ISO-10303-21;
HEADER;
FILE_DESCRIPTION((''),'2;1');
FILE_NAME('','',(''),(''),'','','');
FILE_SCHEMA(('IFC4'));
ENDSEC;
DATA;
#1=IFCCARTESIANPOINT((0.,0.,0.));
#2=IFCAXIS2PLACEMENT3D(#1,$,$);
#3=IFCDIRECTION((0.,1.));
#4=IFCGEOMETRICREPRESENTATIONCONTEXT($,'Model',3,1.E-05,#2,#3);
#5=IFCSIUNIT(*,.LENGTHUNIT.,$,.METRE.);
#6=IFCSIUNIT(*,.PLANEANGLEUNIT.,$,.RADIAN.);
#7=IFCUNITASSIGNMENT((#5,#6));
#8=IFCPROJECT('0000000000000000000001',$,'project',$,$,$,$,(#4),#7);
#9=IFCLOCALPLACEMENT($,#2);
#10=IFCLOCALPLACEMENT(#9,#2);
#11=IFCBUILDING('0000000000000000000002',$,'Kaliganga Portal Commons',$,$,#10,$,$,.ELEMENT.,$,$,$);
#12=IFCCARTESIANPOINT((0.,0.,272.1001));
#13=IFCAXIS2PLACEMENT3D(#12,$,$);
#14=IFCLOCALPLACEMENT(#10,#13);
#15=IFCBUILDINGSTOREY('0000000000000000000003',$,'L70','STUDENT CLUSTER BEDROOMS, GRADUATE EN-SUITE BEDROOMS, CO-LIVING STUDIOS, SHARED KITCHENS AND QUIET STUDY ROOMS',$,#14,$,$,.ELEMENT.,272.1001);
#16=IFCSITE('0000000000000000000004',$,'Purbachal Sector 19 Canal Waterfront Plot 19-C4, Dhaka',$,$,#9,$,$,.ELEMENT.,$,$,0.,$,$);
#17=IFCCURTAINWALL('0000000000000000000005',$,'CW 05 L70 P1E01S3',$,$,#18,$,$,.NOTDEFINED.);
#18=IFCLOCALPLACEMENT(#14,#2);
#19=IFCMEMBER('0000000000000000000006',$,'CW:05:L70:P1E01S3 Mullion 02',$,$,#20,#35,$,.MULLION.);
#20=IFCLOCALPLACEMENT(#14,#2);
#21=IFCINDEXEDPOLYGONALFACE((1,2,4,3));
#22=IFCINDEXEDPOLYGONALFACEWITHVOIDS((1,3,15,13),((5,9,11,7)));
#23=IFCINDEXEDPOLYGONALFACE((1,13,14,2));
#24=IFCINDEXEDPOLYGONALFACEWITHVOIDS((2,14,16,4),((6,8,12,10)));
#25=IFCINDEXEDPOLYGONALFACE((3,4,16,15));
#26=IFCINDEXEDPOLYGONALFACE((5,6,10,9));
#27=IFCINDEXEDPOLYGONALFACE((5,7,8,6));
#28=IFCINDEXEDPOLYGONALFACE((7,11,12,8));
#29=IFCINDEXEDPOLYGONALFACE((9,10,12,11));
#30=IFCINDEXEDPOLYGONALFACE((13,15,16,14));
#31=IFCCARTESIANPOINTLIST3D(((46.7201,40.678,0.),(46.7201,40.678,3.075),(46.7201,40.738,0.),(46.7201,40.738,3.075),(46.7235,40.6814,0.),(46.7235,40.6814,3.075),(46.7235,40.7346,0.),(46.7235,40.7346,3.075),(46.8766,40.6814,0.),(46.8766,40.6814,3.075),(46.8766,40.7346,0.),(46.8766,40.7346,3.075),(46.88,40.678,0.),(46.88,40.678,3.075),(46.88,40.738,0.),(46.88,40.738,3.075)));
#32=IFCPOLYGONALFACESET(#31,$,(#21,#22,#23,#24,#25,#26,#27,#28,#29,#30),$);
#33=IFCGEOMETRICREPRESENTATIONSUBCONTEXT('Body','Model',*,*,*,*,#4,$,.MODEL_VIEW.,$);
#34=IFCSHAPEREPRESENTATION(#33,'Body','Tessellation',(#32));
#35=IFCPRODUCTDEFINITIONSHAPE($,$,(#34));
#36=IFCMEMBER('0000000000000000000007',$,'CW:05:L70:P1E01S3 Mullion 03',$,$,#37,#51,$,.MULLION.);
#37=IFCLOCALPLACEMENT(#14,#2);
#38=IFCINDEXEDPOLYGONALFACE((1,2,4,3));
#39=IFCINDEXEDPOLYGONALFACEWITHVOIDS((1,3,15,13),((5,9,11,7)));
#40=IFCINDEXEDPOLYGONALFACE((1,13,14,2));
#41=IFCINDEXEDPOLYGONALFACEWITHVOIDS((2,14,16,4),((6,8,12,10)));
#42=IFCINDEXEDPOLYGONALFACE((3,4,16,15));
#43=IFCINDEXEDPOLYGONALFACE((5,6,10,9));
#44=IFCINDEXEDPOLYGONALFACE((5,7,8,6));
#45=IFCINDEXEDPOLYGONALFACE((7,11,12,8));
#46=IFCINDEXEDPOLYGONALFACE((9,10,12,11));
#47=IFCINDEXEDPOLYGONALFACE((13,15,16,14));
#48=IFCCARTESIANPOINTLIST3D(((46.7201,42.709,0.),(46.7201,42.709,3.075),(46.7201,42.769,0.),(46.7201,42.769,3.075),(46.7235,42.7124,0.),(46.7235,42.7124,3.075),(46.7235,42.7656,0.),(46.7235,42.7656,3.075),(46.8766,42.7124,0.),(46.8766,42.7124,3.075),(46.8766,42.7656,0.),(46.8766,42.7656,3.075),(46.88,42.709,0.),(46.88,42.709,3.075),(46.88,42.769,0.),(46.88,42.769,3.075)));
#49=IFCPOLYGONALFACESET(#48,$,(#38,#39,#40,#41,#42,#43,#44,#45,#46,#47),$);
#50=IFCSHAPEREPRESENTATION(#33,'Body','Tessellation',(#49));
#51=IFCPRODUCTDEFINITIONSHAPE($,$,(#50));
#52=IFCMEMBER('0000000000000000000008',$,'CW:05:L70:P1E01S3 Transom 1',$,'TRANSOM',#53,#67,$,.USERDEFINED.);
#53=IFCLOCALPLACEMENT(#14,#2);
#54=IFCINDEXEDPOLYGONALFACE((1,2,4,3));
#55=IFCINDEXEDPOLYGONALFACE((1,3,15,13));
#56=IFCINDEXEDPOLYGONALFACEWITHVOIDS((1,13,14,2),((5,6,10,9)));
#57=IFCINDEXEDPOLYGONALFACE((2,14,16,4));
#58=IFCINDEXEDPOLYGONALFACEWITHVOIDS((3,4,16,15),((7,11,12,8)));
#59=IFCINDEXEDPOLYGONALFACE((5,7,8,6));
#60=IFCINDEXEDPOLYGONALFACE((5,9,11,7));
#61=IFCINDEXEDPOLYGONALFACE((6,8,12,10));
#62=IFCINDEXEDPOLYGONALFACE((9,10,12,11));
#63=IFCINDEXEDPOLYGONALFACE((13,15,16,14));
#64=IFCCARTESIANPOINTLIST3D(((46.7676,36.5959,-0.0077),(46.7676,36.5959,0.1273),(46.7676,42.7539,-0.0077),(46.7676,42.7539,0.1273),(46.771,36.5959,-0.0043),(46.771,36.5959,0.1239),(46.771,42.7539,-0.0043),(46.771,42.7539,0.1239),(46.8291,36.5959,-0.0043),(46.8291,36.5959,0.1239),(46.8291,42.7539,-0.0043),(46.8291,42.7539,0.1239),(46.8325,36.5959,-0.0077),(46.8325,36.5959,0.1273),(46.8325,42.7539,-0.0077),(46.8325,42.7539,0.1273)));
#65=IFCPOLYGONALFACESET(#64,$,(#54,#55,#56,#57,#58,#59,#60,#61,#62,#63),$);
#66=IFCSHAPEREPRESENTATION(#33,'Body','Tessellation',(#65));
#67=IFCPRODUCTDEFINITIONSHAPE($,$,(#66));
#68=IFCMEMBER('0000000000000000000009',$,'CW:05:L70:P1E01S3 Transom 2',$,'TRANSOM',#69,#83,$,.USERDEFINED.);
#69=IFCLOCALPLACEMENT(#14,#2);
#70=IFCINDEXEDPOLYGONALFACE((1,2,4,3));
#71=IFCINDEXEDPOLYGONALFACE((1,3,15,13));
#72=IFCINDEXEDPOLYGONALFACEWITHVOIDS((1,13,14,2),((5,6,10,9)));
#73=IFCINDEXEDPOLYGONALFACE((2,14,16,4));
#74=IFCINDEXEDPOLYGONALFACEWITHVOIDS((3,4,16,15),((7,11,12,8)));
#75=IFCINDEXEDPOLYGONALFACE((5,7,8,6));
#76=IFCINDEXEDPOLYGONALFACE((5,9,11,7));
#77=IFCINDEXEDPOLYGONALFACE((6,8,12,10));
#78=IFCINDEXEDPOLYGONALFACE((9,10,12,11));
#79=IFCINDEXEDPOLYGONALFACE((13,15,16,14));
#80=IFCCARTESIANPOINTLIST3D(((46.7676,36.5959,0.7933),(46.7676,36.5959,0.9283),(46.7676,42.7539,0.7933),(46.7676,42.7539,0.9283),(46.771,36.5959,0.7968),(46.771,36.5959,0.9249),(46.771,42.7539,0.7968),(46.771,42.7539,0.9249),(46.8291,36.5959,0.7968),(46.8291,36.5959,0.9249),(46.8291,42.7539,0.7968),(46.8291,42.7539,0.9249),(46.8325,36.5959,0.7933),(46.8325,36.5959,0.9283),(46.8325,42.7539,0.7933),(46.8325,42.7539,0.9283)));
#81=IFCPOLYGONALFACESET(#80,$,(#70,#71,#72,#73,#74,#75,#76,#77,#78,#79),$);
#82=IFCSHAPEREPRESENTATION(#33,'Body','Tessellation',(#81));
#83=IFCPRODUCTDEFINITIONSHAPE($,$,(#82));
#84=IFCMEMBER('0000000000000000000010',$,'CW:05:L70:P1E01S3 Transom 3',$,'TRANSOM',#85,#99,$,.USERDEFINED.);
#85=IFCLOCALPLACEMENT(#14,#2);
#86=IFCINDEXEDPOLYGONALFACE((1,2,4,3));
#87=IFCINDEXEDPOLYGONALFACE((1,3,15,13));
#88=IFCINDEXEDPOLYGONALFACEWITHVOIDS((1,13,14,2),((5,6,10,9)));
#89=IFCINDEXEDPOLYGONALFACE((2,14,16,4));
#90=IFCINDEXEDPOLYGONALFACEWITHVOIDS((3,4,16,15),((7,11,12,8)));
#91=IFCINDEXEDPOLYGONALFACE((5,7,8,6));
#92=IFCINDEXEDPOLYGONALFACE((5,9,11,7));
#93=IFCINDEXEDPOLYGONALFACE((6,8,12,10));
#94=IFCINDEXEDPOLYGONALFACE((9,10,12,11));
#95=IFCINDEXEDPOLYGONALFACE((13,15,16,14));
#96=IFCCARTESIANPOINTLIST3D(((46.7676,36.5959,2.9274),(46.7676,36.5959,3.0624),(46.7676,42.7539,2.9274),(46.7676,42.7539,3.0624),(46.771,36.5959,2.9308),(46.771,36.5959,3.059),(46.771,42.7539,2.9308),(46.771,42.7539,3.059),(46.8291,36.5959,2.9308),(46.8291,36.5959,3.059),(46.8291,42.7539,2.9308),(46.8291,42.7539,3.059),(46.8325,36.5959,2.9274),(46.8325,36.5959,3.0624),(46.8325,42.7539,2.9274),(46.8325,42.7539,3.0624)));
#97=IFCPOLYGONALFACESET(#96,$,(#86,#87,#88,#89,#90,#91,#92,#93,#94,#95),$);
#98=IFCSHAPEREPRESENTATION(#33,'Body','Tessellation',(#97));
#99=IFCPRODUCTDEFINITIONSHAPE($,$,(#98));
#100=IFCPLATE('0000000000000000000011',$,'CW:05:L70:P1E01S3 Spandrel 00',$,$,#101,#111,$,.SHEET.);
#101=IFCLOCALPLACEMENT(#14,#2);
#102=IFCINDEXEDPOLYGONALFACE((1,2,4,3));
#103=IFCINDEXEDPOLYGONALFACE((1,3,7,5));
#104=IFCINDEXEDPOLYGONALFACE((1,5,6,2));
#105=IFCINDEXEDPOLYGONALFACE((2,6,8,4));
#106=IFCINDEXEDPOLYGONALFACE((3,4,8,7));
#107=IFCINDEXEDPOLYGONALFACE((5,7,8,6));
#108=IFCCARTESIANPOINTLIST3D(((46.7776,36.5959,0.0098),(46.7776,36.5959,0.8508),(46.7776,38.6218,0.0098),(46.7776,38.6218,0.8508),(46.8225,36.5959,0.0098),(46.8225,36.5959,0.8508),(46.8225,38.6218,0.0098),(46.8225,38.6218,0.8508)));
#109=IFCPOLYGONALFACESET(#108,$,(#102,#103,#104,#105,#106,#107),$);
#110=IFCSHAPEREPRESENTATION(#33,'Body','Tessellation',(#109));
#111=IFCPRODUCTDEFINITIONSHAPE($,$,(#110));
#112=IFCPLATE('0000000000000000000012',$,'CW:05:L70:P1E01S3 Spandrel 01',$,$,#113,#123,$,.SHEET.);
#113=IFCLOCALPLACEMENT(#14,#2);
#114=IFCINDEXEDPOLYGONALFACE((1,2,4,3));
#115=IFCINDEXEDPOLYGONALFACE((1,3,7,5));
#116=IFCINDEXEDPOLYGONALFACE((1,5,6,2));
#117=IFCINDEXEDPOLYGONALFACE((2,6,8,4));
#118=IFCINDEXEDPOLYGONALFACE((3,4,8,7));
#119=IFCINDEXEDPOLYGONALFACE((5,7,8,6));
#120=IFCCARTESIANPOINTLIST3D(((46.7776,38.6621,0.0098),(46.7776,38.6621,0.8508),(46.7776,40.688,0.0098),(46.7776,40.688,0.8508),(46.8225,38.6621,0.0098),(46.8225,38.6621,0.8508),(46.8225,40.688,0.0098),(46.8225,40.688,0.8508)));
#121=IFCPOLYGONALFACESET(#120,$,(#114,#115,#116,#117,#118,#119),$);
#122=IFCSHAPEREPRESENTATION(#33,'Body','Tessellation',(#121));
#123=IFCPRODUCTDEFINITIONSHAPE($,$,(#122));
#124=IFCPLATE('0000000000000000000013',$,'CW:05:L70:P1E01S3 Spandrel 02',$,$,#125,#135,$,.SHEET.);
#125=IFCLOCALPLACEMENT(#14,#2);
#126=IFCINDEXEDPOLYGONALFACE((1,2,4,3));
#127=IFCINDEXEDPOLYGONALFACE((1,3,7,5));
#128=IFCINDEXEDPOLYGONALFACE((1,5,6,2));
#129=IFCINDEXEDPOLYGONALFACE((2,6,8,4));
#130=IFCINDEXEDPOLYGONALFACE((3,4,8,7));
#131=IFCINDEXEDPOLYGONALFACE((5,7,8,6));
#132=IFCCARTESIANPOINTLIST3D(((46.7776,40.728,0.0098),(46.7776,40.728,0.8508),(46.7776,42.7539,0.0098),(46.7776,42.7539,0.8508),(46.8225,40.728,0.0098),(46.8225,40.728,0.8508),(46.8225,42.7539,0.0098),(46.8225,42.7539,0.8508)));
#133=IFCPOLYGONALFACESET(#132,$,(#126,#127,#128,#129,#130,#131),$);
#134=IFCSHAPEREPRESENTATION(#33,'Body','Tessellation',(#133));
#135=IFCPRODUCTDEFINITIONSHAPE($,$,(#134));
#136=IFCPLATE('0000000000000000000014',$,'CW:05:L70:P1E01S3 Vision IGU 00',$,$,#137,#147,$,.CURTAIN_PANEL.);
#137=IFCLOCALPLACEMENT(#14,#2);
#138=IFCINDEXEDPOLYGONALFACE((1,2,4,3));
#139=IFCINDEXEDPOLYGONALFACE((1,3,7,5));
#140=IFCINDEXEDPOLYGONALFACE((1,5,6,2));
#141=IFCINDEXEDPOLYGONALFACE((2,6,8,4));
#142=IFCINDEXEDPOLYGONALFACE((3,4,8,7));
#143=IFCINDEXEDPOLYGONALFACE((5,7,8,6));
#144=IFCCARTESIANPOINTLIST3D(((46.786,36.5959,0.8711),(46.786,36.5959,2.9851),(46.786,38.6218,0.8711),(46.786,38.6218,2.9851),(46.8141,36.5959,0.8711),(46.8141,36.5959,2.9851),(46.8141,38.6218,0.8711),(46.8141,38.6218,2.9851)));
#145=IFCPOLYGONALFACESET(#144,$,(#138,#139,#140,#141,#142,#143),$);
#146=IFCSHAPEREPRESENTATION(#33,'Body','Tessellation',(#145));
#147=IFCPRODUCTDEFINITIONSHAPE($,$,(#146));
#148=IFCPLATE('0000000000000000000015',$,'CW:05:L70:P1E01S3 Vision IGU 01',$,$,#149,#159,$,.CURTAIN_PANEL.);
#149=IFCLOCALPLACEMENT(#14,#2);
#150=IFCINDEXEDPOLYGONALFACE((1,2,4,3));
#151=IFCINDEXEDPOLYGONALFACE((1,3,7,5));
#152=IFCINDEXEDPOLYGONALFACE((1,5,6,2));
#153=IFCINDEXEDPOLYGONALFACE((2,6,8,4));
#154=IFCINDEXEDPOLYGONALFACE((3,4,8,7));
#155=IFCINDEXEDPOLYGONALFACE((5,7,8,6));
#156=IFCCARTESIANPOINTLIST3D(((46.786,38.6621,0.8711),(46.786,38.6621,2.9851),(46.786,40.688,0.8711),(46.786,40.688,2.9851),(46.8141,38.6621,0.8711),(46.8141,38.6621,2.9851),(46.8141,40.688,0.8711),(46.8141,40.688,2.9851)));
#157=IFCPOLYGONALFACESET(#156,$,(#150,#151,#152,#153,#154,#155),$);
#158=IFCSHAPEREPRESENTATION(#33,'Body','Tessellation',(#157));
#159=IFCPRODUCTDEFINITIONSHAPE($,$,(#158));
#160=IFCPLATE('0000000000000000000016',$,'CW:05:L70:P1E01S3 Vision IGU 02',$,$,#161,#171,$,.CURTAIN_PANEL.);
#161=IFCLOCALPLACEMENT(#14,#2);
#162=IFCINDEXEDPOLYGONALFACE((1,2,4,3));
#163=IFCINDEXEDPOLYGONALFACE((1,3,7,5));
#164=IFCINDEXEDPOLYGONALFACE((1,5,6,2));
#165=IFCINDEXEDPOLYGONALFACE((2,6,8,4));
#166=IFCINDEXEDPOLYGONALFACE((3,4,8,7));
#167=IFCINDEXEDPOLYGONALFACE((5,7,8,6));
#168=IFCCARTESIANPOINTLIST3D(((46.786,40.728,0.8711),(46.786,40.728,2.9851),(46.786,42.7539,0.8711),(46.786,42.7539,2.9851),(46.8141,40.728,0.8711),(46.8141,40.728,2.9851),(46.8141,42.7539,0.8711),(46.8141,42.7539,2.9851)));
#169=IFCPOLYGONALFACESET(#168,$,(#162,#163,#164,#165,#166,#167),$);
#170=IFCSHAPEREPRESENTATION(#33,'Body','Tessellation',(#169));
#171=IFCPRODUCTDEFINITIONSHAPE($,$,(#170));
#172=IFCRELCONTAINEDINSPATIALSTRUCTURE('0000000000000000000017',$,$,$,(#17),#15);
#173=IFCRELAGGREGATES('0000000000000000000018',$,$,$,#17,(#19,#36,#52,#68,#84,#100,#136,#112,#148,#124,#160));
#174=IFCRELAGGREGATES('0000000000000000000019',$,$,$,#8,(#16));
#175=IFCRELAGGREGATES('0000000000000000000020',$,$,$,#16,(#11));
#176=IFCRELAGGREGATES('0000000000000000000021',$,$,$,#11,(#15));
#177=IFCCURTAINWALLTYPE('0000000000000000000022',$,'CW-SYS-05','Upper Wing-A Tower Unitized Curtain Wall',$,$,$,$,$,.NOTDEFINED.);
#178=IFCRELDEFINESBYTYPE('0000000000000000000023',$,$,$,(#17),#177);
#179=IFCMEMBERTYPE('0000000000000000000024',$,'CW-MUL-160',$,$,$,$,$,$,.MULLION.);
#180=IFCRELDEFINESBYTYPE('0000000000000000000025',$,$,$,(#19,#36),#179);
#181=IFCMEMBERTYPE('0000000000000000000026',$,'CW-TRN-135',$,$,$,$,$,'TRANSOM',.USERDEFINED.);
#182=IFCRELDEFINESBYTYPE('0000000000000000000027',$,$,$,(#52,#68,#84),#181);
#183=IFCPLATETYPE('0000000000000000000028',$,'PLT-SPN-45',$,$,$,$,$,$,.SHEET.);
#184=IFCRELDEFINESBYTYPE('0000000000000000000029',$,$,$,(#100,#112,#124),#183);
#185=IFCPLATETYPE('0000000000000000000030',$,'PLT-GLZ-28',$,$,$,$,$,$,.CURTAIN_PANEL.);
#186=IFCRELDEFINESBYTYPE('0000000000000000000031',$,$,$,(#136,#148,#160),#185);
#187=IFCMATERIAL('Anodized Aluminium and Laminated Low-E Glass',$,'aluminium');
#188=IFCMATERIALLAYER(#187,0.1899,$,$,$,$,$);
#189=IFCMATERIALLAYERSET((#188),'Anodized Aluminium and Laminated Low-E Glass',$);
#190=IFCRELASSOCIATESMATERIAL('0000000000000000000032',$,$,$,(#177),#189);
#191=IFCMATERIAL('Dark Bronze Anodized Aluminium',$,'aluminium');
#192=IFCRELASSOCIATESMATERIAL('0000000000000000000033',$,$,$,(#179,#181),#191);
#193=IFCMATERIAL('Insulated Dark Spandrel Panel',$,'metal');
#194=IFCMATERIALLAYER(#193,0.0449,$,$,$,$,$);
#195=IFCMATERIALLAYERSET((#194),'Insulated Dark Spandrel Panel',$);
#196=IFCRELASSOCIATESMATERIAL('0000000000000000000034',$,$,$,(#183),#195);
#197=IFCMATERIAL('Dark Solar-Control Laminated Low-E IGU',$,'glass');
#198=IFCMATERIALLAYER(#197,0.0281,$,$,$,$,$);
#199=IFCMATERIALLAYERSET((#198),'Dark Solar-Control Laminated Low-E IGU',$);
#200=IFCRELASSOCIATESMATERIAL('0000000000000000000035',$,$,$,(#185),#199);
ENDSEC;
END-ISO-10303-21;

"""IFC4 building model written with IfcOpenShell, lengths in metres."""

from ifc_helpers import new_model, si_unit, direction, frame, origin, origin_2d, place, context, subcontext, project, spatial, rectangle, hollow_rectangle, extrude, source, transform, mapped, material, layer, layer_set, material_profile, profile_set, type_object, element, aggregate, save


model = new_model("IFC4")

# Units and contexts
model_context = context("Model", 3, precision=1e-05, world=origin(), true_north=direction((0.0, 1.0)))
body_context = subcontext(model_context, "Body", "Model", "MODEL_VIEW")
ifc_project = project(units=[si_unit("LENGTHUNIT", "METRE"), si_unit("PLANEANGLEUNIT", "RADIAN")], contexts=[model_context])

# Site, building, storey
site_placement = place(None, origin())
site = spatial("IfcSite", under=ifc_project, at=site_placement, Name="Purbachal Sector 19 Canal Waterfront Plot 19-C4, Dhaka", CompositionType="ELEMENT", RefElevation=0.0)
building_placement = place(site_placement, origin())
building = spatial("IfcBuilding", under=site, at=building_placement, Name="Kaliganga Portal Commons", CompositionType="ELEMENT")
storey_placement = place(building_placement, frame((0.0, 0.0, 272.1001)))
storey = spatial("IfcBuildingStorey", under=building, at=storey_placement, Name="L70", Description="STUDENT CLUSTER BEDROOMS, GRADUATE EN-SUITE BEDROOMS, CO-LIVING STUDIOS, SHARED KITCHENS AND QUIET STUDY ROOMS", CompositionType="ELEMENT", Elevation=272.1001)

# Shared definitions
ifc_material_1 = material(Name="Anodized Aluminium and Laminated Low-E Glass", Category="aluminium")
ifc_layer_1 = layer(ifc_material_1, 0.1899)
ifc_layer_set_1 = layer_set([ifc_layer_1], Name="Anodized Aluminium and Laminated Low-E Glass")
curtain_wall_type = type_object("IfcCurtainWallType", Name="CW-SYS-05", Description="Upper Wing-A Tower Unitized Curtain Wall", PredefinedType="NOTDEFINED", material=ifc_layer_set_1)
ifc_material_2 = material(Name="Dark Bronze Anodized Aluminium", Category="aluminium")
ifc_material_profile_1 = material_profile(ifc_material_2, hollow_rectangle(XDim=0.0601, YDim=0.1599, WallThickness=0.0034, at=origin_2d()), Name="ALU MULL 60x160x3.5")
ifc_profile_set_1 = profile_set([ifc_material_profile_1], Name="Dark Bronze Anodized Aluminium")
member_type_1 = type_object("IfcMemberType", Name="CW-MUL-160", PredefinedType="MULLION", material=ifc_profile_set_1)
shared_shape_1 = source(origin(), body_context, "Body", "SweptSolid", [
    extrude(hollow_rectangle(XDim=0.0601, YDim=0.1599, WallThickness=0.0034, at=origin_2d()), origin(), (0.0, 0.0, 1.0), 3.075),
])

# Curtain wall, members, plates
curtain_wall_1_placement = place(storey_placement, origin())
curtain_wall_1 = element("IfcCurtainWall", 1, at=curtain_wall_1_placement, inside=storey, type_object=curtain_wall_type, Name="CW 05 L70 P1E01S3", PredefinedType="NOTDEFINED")
member_1_placement = place(storey_placement, frame((46.8, 40.708, 0.0), z_axis=(0.0, 0.0, 1.0), x_axis=(0.0, 1.0, 0.0)))
member_1 = element("IfcMember", 2, at=member_1_placement, type_object=member_type_1, Name="CW:05:L70:P1E01S3 Mullion 02", PredefinedType="MULLION", context=body_context, shape_type="MappedRepresentation", body=[
    mapped(shared_shape_1, transform((0.0, 0.0, 0.0), x_axis=(1.0, 0.0, 0.0), y_axis=(0.0, 1.0, 0.0), z_axis=(0.0, 0.0, 1.0), scale=1.0)),
])
member_2_placement = place(storey_placement, frame((46.8, 42.739, 0.0), z_axis=(0.0, 0.0, 1.0), x_axis=(0.0, 1.0, 0.0)))
member_2 = element("IfcMember", 3, at=member_2_placement, type_object=member_type_1, Name="CW:05:L70:P1E01S3 Mullion 03", PredefinedType="MULLION", context=body_context, shape_type="MappedRepresentation", body=[
    mapped(shared_shape_1, transform((0.0, 0.0, 0.0), x_axis=(1.0, 0.0, 0.0), y_axis=(0.0, 1.0, 0.0), z_axis=(0.0, 0.0, 1.0), scale=1.0)),
])
ifc_material_profile_2 = material_profile(ifc_material_2, hollow_rectangle(XDim=0.0649, YDim=0.135, WallThickness=0.0034, at=origin_2d()), Name="ALU TRAN 65x135x3.5")
ifc_profile_set_2 = profile_set([ifc_material_profile_2], Name="Dark Bronze Anodized Aluminium")
member_type_2 = type_object("IfcMemberType", Name="CW-TRN-135", ElementType="TRANSOM", PredefinedType="USERDEFINED", material=ifc_profile_set_2)
shared_shape_2 = source(origin(), body_context, "Body", "SweptSolid", [
    extrude(hollow_rectangle(XDim=0.0649, YDim=0.135, WallThickness=0.0034, at=origin_2d()), origin(), (0.0, 0.0, 1.0), 6.158),
])
member_3_placement = place(storey_placement, frame((46.8, 36.5959, 0.0598), z_axis=(0.0, 1.0, 0.0), x_axis=(-1.0, 0.0, 0.0)))
member_3 = element("IfcMember", 4, at=member_3_placement, type_object=member_type_2, Name="CW:05:L70:P1E01S3 Transom 1", ObjectType="TRANSOM", PredefinedType="USERDEFINED", context=body_context, shape_type="MappedRepresentation", body=[
    mapped(shared_shape_2, transform((0.0, 0.0, 0.0), x_axis=(1.0, 0.0, 0.0), y_axis=(0.0, 1.0, 0.0), z_axis=(0.0, 0.0, 1.0), scale=1.0)),
])
member_4_placement = place(storey_placement, frame((46.8, 36.5959, 0.8608), z_axis=(0.0, 1.0, 0.0), x_axis=(-1.0, 0.0, 0.0)))
member_4 = element("IfcMember", 5, at=member_4_placement, type_object=member_type_2, Name="CW:05:L70:P1E01S3 Transom 2", ObjectType="TRANSOM", PredefinedType="USERDEFINED", context=body_context, shape_type="MappedRepresentation", body=[
    mapped(shared_shape_2, transform((0.0, 0.0, 0.0), x_axis=(1.0, 0.0, 0.0), y_axis=(0.0, 1.0, 0.0), z_axis=(0.0, 0.0, 1.0), scale=1.0)),
])
member_5_placement = place(storey_placement, frame((46.8, 36.5959, 2.9949), z_axis=(0.0, 1.0, 0.0), x_axis=(-1.0, 0.0, 0.0)))
member_5 = element("IfcMember", 6, at=member_5_placement, type_object=member_type_2, Name="CW:05:L70:P1E01S3 Transom 3", ObjectType="TRANSOM", PredefinedType="USERDEFINED", context=body_context, shape_type="MappedRepresentation", body=[
    mapped(shared_shape_2, transform((0.0, 0.0, 0.0), x_axis=(1.0, 0.0, 0.0), y_axis=(0.0, 1.0, 0.0), z_axis=(0.0, 0.0, 1.0), scale=1.0)),
])
ifc_material_3 = material(Name="Insulated Dark Spandrel Panel", Category="metal")
ifc_layer_2 = layer(ifc_material_3, 0.0449)
ifc_layer_set_2 = layer_set([ifc_layer_2], Name="Insulated Dark Spandrel Panel")
plate_type_1 = type_object("IfcPlateType", Name="PLT-SPN-45", PredefinedType="SHEET", material=ifc_layer_set_2)
shared_shape_3 = source(origin(), body_context, "Body", "SweptSolid", [
    extrude(rectangle(XDim=2.0259, YDim=0.0449, at=origin_2d()), origin(), (0.0, 0.0, 1.0), 0.8411),
])
plate_1_placement = place(storey_placement, frame((46.8, 37.6089, 0.0098), z_axis=(0.0, 0.0, 1.0), x_axis=(0.0, 1.0, 0.0)))
plate_1 = element("IfcPlate", 7, at=plate_1_placement, type_object=plate_type_1, Name="CW:05:L70:P1E01S3 Spandrel 00", PredefinedType="SHEET", context=body_context, shape_type="MappedRepresentation", body=[
    mapped(shared_shape_3, transform((0.0, 0.0, 0.0), x_axis=(1.0, 0.0, 0.0), y_axis=(0.0, 1.0, 0.0), z_axis=(0.0, 0.0, 1.0), scale=1.0)),
])
plate_2_placement = place(storey_placement, frame((46.8, 39.675, 0.0098), z_axis=(0.0, 0.0, 1.0), x_axis=(0.0, 1.0, 0.0)))
plate_2 = element("IfcPlate", 8, at=plate_2_placement, type_object=plate_type_1, Name="CW:05:L70:P1E01S3 Spandrel 01", PredefinedType="SHEET", context=body_context, shape_type="MappedRepresentation", body=[
    mapped(shared_shape_3, transform((0.0, 0.0, 0.0), x_axis=(1.0, 0.0, 0.0), y_axis=(0.0, 1.0, 0.0), z_axis=(0.0, 0.0, 1.0), scale=1.0)),
])
plate_3_placement = place(storey_placement, frame((46.8, 41.741, 0.0098), z_axis=(0.0, 0.0, 1.0), x_axis=(0.0, 1.0, 0.0)))
plate_3 = element("IfcPlate", 9, at=plate_3_placement, type_object=plate_type_1, Name="CW:05:L70:P1E01S3 Spandrel 02", PredefinedType="SHEET", context=body_context, shape_type="MappedRepresentation", body=[
    mapped(shared_shape_3, transform((0.0, 0.0, 0.0), x_axis=(1.0, 0.0, 0.0), y_axis=(0.0, 1.0, 0.0), z_axis=(0.0, 0.0, 1.0), scale=1.0)),
])
ifc_material_4 = material(Name="Dark Solar-Control Laminated Low-E IGU", Category="glass")
ifc_layer_3 = layer(ifc_material_4, 0.0281)
ifc_layer_set_3 = layer_set([ifc_layer_3], Name="Dark Solar-Control Laminated Low-E IGU")
plate_type_2 = type_object("IfcPlateType", Name="PLT-GLZ-28", PredefinedType="CURTAIN_PANEL", material=ifc_layer_set_3)
shared_shape_4 = source(origin(), body_context, "Body", "SweptSolid", [
    extrude(rectangle(XDim=2.0259, YDim=0.0281, at=origin_2d()), origin(), (0.0, 0.0, 1.0), 2.114),
])
plate_4_placement = place(storey_placement, frame((46.8, 37.6089, 0.8711), z_axis=(0.0, 0.0, 1.0), x_axis=(0.0, 1.0, 0.0)))
plate_4 = element("IfcPlate", 10, at=plate_4_placement, type_object=plate_type_2, Name="CW:05:L70:P1E01S3 Vision IGU 00", PredefinedType="CURTAIN_PANEL", context=body_context, shape_type="MappedRepresentation", body=[
    mapped(shared_shape_4, transform((0.0, 0.0, 0.0), x_axis=(1.0, 0.0, 0.0), y_axis=(0.0, 1.0, 0.0), z_axis=(0.0, 0.0, 1.0), scale=1.0)),
])
plate_5_placement = place(storey_placement, frame((46.8, 39.675, 0.8711), z_axis=(0.0, 0.0, 1.0), x_axis=(0.0, 1.0, 0.0)))
plate_5 = element("IfcPlate", 11, at=plate_5_placement, type_object=plate_type_2, Name="CW:05:L70:P1E01S3 Vision IGU 01", PredefinedType="CURTAIN_PANEL", context=body_context, shape_type="MappedRepresentation", body=[
    mapped(shared_shape_4, transform((0.0, 0.0, 0.0), x_axis=(1.0, 0.0, 0.0), y_axis=(0.0, 1.0, 0.0), z_axis=(0.0, 0.0, 1.0), scale=1.0)),
])
plate_6_placement = place(storey_placement, frame((46.8, 41.741, 0.8711), z_axis=(0.0, 0.0, 1.0), x_axis=(0.0, 1.0, 0.0)))
plate_6 = element("IfcPlate", 12, at=plate_6_placement, type_object=plate_type_2, Name="CW:05:L70:P1E01S3 Vision IGU 02", PredefinedType="CURTAIN_PANEL", context=body_context, shape_type="MappedRepresentation", body=[
    mapped(shared_shape_4, transform((0.0, 0.0, 0.0), x_axis=(1.0, 0.0, 0.0), y_axis=(0.0, 1.0, 0.0), z_axis=(0.0, 0.0, 1.0), scale=1.0)),
])
aggregate(curtain_wall_1, [member_1, member_2, member_3, member_4, member_5, plate_1, plate_4, plate_2, plate_5, plate_3, plate_6])

save(model, "model.ifc")
